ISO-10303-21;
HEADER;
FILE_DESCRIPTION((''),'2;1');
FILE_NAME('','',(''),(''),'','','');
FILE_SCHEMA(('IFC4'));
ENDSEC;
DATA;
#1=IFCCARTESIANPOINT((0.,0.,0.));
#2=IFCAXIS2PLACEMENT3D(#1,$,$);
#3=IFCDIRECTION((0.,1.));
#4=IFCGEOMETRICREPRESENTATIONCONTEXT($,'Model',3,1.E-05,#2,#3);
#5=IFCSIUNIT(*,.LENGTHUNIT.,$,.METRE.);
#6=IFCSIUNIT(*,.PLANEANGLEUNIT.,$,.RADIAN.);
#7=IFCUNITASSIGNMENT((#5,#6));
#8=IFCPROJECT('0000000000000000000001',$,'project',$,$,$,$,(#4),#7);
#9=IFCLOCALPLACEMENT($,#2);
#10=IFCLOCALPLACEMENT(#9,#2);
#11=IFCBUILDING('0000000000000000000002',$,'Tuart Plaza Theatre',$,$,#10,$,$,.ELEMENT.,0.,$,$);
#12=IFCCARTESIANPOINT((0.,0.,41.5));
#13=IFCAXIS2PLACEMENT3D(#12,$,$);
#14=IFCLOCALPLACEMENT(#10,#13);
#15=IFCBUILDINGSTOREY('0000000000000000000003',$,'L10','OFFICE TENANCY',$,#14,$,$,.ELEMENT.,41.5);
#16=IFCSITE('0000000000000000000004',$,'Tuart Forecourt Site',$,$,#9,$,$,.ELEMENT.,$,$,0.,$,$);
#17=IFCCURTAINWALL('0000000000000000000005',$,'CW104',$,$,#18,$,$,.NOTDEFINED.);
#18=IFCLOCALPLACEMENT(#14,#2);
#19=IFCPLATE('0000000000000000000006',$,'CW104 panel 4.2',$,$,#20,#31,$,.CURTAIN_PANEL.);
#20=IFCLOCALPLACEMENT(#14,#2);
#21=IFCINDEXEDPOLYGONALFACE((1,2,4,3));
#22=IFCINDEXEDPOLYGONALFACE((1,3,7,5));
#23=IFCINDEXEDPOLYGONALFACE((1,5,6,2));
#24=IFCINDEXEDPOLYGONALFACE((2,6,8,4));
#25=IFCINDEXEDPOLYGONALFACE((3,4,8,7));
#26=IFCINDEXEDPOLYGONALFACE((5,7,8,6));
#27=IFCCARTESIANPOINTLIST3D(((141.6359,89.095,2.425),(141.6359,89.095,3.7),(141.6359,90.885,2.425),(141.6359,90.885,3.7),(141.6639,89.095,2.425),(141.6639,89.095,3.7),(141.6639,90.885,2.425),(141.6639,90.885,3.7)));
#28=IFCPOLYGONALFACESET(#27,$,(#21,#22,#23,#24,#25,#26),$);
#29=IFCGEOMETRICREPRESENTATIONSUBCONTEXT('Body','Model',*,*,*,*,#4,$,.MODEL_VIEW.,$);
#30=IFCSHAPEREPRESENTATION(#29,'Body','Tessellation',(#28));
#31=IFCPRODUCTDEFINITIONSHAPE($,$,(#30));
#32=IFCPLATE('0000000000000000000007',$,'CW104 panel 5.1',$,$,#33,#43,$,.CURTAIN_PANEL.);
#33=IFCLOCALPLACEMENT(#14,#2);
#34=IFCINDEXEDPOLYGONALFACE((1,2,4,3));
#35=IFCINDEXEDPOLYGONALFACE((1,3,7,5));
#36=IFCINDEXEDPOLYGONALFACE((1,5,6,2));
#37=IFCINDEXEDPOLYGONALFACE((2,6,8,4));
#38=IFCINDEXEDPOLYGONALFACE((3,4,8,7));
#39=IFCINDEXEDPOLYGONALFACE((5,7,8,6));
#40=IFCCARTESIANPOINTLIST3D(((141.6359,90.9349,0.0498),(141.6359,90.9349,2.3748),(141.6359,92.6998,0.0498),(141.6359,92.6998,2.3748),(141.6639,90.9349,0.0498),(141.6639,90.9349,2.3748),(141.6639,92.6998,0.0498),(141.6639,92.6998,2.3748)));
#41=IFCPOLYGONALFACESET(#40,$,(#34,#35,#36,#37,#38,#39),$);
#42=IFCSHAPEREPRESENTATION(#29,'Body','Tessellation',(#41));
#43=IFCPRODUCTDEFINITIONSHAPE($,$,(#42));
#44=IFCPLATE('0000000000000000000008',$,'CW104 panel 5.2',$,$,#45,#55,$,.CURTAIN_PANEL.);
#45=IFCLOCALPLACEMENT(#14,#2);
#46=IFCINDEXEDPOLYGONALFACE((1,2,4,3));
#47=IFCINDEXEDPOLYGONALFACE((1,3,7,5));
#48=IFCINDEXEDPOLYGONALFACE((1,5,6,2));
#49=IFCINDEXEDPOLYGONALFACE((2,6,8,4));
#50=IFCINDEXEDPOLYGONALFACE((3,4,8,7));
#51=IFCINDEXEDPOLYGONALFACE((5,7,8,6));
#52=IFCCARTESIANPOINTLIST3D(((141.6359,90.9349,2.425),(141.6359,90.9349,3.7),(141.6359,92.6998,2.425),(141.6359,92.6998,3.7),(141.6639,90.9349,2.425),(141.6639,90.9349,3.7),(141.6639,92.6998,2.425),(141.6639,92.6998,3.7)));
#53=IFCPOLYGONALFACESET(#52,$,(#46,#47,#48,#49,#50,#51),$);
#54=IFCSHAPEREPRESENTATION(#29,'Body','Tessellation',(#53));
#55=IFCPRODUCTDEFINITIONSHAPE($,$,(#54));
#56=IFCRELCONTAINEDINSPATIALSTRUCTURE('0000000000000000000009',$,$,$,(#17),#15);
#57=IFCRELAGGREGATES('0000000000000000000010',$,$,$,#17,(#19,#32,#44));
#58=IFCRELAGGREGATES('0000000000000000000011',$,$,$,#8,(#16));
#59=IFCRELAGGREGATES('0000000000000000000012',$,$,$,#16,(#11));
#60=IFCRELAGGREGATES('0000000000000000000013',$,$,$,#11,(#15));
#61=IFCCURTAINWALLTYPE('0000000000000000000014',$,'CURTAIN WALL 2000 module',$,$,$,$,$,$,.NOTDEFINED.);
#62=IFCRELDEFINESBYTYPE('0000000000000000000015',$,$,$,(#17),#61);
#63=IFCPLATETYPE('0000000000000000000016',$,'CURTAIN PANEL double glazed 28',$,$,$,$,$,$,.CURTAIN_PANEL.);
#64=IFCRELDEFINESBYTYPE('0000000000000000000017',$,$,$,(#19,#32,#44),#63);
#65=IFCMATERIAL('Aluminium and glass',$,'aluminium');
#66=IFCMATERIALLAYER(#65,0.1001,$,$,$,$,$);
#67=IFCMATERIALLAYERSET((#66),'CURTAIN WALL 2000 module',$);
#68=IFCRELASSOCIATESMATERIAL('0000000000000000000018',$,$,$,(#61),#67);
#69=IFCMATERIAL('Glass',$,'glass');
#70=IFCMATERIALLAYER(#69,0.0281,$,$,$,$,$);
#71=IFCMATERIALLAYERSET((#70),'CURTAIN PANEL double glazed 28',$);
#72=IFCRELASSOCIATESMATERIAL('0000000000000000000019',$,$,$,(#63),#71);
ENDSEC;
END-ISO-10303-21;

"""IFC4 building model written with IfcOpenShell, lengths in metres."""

from ifc_helpers import new_model, si_unit, direction, frame, origin, origin_2d, place, context, subcontext, project, spatial, rectangle, extrude, material, layer, layer_set, type_object, element, aggregate, save


model = new_model("IFC4")

# Units and contexts
model_context = context("Model", 3, precision=1e-05, world=origin(), true_north=direction((0.0, 1.0)))
body_context = subcontext(model_context, "Body", "Model", "MODEL_VIEW")
ifc_project = project(units=[si_unit("LENGTHUNIT", "METRE"), si_unit("PLANEANGLEUNIT", "RADIAN")], contexts=[model_context])

# Site, building, storey
site_placement = place(None, origin())
site = spatial("IfcSite", under=ifc_project, at=site_placement, Name="Tuart Forecourt Site", CompositionType="ELEMENT", RefElevation=0.0)
building_placement = place(site_placement, origin())
building = spatial("IfcBuilding", under=site, at=building_placement, Name="Tuart Plaza Theatre", CompositionType="ELEMENT", ElevationOfRefHeight=0.0)
storey_placement = place(building_placement, frame((0.0, 0.0, 41.5)))
storey = spatial("IfcBuildingStorey", under=building, at=storey_placement, Name="L10", Description="OFFICE TENANCY", CompositionType="ELEMENT", Elevation=41.5)

# Shared definitions
ifc_material_1 = material(Name="Aluminium and glass", Category="aluminium")
ifc_layer_1 = layer(ifc_material_1, 0.1001)
ifc_layer_set_1 = layer_set([ifc_layer_1], Name="CURTAIN WALL 2000 module")
curtain_wall_type = type_object("IfcCurtainWallType", Name="CURTAIN WALL 2000 module", PredefinedType="NOTDEFINED", material=ifc_layer_set_1)

# Curtain wall
curtain_wall_1_placement = place(storey_placement, origin())
curtain_wall_1 = element("IfcCurtainWall", 1, at=curtain_wall_1_placement, inside=storey, type_object=curtain_wall_type, Name="CW104", PredefinedType="NOTDEFINED")

# Plates
ifc_material_2 = material(Name="Glass", Category="glass")
ifc_layer_2 = layer(ifc_material_2, 0.0281)
ifc_layer_set_2 = layer_set([ifc_layer_2], Name="CURTAIN PANEL double glazed 28")
plate_type = type_object("IfcPlateType", Name="CURTAIN PANEL double glazed 28", PredefinedType="CURTAIN_PANEL", material=ifc_layer_set_2)
plate_1_placement = place(storey_placement, frame((141.6499, 89.99, 2.425), z_axis=(0.0, 0.0, 1.0), x_axis=(0.0, 1.0, 0.0)))
plate_1 = element("IfcPlate", 2, at=plate_1_placement, type_object=plate_type, Name="CW104 panel 4.2", PredefinedType="CURTAIN_PANEL", context=body_context, shape_type="SweptSolid", body=[
    extrude(rectangle(XDim=1.79, YDim=0.0281, at=origin_2d()), origin(), (0.0, 0.0, 1.0), 1.2749),
])
plate_2_placement = place(storey_placement, frame((141.6499, 91.8174, 0.0498), z_axis=(0.0, 0.0, 1.0), x_axis=(0.0, 1.0, 0.0)))
plate_2 = element("IfcPlate", 3, at=plate_2_placement, type_object=plate_type, Name="CW104 panel 5.1", PredefinedType="CURTAIN_PANEL", context=body_context, shape_type="SweptSolid", body=[
    extrude(rectangle(XDim=1.7649, YDim=0.0281, at=origin_2d()), origin(), (0.0, 0.0, 1.0), 2.325),
])
plate_3_placement = place(storey_placement, frame((141.6499, 91.8174, 2.425), z_axis=(0.0, 0.0, 1.0), x_axis=(0.0, 1.0, 0.0)))
plate_3 = element("IfcPlate", 4, at=plate_3_placement, type_object=plate_type, Name="CW104 panel 5.2", PredefinedType="CURTAIN_PANEL", context=body_context, shape_type="SweptSolid", body=[
    extrude(rectangle(XDim=1.7649, YDim=0.0281, at=origin_2d()), origin(), (0.0, 0.0, 1.0), 1.2749),
])
aggregate(curtain_wall_1, [plate_1, plate_2, plate_3])

save(model, "model.ifc")
